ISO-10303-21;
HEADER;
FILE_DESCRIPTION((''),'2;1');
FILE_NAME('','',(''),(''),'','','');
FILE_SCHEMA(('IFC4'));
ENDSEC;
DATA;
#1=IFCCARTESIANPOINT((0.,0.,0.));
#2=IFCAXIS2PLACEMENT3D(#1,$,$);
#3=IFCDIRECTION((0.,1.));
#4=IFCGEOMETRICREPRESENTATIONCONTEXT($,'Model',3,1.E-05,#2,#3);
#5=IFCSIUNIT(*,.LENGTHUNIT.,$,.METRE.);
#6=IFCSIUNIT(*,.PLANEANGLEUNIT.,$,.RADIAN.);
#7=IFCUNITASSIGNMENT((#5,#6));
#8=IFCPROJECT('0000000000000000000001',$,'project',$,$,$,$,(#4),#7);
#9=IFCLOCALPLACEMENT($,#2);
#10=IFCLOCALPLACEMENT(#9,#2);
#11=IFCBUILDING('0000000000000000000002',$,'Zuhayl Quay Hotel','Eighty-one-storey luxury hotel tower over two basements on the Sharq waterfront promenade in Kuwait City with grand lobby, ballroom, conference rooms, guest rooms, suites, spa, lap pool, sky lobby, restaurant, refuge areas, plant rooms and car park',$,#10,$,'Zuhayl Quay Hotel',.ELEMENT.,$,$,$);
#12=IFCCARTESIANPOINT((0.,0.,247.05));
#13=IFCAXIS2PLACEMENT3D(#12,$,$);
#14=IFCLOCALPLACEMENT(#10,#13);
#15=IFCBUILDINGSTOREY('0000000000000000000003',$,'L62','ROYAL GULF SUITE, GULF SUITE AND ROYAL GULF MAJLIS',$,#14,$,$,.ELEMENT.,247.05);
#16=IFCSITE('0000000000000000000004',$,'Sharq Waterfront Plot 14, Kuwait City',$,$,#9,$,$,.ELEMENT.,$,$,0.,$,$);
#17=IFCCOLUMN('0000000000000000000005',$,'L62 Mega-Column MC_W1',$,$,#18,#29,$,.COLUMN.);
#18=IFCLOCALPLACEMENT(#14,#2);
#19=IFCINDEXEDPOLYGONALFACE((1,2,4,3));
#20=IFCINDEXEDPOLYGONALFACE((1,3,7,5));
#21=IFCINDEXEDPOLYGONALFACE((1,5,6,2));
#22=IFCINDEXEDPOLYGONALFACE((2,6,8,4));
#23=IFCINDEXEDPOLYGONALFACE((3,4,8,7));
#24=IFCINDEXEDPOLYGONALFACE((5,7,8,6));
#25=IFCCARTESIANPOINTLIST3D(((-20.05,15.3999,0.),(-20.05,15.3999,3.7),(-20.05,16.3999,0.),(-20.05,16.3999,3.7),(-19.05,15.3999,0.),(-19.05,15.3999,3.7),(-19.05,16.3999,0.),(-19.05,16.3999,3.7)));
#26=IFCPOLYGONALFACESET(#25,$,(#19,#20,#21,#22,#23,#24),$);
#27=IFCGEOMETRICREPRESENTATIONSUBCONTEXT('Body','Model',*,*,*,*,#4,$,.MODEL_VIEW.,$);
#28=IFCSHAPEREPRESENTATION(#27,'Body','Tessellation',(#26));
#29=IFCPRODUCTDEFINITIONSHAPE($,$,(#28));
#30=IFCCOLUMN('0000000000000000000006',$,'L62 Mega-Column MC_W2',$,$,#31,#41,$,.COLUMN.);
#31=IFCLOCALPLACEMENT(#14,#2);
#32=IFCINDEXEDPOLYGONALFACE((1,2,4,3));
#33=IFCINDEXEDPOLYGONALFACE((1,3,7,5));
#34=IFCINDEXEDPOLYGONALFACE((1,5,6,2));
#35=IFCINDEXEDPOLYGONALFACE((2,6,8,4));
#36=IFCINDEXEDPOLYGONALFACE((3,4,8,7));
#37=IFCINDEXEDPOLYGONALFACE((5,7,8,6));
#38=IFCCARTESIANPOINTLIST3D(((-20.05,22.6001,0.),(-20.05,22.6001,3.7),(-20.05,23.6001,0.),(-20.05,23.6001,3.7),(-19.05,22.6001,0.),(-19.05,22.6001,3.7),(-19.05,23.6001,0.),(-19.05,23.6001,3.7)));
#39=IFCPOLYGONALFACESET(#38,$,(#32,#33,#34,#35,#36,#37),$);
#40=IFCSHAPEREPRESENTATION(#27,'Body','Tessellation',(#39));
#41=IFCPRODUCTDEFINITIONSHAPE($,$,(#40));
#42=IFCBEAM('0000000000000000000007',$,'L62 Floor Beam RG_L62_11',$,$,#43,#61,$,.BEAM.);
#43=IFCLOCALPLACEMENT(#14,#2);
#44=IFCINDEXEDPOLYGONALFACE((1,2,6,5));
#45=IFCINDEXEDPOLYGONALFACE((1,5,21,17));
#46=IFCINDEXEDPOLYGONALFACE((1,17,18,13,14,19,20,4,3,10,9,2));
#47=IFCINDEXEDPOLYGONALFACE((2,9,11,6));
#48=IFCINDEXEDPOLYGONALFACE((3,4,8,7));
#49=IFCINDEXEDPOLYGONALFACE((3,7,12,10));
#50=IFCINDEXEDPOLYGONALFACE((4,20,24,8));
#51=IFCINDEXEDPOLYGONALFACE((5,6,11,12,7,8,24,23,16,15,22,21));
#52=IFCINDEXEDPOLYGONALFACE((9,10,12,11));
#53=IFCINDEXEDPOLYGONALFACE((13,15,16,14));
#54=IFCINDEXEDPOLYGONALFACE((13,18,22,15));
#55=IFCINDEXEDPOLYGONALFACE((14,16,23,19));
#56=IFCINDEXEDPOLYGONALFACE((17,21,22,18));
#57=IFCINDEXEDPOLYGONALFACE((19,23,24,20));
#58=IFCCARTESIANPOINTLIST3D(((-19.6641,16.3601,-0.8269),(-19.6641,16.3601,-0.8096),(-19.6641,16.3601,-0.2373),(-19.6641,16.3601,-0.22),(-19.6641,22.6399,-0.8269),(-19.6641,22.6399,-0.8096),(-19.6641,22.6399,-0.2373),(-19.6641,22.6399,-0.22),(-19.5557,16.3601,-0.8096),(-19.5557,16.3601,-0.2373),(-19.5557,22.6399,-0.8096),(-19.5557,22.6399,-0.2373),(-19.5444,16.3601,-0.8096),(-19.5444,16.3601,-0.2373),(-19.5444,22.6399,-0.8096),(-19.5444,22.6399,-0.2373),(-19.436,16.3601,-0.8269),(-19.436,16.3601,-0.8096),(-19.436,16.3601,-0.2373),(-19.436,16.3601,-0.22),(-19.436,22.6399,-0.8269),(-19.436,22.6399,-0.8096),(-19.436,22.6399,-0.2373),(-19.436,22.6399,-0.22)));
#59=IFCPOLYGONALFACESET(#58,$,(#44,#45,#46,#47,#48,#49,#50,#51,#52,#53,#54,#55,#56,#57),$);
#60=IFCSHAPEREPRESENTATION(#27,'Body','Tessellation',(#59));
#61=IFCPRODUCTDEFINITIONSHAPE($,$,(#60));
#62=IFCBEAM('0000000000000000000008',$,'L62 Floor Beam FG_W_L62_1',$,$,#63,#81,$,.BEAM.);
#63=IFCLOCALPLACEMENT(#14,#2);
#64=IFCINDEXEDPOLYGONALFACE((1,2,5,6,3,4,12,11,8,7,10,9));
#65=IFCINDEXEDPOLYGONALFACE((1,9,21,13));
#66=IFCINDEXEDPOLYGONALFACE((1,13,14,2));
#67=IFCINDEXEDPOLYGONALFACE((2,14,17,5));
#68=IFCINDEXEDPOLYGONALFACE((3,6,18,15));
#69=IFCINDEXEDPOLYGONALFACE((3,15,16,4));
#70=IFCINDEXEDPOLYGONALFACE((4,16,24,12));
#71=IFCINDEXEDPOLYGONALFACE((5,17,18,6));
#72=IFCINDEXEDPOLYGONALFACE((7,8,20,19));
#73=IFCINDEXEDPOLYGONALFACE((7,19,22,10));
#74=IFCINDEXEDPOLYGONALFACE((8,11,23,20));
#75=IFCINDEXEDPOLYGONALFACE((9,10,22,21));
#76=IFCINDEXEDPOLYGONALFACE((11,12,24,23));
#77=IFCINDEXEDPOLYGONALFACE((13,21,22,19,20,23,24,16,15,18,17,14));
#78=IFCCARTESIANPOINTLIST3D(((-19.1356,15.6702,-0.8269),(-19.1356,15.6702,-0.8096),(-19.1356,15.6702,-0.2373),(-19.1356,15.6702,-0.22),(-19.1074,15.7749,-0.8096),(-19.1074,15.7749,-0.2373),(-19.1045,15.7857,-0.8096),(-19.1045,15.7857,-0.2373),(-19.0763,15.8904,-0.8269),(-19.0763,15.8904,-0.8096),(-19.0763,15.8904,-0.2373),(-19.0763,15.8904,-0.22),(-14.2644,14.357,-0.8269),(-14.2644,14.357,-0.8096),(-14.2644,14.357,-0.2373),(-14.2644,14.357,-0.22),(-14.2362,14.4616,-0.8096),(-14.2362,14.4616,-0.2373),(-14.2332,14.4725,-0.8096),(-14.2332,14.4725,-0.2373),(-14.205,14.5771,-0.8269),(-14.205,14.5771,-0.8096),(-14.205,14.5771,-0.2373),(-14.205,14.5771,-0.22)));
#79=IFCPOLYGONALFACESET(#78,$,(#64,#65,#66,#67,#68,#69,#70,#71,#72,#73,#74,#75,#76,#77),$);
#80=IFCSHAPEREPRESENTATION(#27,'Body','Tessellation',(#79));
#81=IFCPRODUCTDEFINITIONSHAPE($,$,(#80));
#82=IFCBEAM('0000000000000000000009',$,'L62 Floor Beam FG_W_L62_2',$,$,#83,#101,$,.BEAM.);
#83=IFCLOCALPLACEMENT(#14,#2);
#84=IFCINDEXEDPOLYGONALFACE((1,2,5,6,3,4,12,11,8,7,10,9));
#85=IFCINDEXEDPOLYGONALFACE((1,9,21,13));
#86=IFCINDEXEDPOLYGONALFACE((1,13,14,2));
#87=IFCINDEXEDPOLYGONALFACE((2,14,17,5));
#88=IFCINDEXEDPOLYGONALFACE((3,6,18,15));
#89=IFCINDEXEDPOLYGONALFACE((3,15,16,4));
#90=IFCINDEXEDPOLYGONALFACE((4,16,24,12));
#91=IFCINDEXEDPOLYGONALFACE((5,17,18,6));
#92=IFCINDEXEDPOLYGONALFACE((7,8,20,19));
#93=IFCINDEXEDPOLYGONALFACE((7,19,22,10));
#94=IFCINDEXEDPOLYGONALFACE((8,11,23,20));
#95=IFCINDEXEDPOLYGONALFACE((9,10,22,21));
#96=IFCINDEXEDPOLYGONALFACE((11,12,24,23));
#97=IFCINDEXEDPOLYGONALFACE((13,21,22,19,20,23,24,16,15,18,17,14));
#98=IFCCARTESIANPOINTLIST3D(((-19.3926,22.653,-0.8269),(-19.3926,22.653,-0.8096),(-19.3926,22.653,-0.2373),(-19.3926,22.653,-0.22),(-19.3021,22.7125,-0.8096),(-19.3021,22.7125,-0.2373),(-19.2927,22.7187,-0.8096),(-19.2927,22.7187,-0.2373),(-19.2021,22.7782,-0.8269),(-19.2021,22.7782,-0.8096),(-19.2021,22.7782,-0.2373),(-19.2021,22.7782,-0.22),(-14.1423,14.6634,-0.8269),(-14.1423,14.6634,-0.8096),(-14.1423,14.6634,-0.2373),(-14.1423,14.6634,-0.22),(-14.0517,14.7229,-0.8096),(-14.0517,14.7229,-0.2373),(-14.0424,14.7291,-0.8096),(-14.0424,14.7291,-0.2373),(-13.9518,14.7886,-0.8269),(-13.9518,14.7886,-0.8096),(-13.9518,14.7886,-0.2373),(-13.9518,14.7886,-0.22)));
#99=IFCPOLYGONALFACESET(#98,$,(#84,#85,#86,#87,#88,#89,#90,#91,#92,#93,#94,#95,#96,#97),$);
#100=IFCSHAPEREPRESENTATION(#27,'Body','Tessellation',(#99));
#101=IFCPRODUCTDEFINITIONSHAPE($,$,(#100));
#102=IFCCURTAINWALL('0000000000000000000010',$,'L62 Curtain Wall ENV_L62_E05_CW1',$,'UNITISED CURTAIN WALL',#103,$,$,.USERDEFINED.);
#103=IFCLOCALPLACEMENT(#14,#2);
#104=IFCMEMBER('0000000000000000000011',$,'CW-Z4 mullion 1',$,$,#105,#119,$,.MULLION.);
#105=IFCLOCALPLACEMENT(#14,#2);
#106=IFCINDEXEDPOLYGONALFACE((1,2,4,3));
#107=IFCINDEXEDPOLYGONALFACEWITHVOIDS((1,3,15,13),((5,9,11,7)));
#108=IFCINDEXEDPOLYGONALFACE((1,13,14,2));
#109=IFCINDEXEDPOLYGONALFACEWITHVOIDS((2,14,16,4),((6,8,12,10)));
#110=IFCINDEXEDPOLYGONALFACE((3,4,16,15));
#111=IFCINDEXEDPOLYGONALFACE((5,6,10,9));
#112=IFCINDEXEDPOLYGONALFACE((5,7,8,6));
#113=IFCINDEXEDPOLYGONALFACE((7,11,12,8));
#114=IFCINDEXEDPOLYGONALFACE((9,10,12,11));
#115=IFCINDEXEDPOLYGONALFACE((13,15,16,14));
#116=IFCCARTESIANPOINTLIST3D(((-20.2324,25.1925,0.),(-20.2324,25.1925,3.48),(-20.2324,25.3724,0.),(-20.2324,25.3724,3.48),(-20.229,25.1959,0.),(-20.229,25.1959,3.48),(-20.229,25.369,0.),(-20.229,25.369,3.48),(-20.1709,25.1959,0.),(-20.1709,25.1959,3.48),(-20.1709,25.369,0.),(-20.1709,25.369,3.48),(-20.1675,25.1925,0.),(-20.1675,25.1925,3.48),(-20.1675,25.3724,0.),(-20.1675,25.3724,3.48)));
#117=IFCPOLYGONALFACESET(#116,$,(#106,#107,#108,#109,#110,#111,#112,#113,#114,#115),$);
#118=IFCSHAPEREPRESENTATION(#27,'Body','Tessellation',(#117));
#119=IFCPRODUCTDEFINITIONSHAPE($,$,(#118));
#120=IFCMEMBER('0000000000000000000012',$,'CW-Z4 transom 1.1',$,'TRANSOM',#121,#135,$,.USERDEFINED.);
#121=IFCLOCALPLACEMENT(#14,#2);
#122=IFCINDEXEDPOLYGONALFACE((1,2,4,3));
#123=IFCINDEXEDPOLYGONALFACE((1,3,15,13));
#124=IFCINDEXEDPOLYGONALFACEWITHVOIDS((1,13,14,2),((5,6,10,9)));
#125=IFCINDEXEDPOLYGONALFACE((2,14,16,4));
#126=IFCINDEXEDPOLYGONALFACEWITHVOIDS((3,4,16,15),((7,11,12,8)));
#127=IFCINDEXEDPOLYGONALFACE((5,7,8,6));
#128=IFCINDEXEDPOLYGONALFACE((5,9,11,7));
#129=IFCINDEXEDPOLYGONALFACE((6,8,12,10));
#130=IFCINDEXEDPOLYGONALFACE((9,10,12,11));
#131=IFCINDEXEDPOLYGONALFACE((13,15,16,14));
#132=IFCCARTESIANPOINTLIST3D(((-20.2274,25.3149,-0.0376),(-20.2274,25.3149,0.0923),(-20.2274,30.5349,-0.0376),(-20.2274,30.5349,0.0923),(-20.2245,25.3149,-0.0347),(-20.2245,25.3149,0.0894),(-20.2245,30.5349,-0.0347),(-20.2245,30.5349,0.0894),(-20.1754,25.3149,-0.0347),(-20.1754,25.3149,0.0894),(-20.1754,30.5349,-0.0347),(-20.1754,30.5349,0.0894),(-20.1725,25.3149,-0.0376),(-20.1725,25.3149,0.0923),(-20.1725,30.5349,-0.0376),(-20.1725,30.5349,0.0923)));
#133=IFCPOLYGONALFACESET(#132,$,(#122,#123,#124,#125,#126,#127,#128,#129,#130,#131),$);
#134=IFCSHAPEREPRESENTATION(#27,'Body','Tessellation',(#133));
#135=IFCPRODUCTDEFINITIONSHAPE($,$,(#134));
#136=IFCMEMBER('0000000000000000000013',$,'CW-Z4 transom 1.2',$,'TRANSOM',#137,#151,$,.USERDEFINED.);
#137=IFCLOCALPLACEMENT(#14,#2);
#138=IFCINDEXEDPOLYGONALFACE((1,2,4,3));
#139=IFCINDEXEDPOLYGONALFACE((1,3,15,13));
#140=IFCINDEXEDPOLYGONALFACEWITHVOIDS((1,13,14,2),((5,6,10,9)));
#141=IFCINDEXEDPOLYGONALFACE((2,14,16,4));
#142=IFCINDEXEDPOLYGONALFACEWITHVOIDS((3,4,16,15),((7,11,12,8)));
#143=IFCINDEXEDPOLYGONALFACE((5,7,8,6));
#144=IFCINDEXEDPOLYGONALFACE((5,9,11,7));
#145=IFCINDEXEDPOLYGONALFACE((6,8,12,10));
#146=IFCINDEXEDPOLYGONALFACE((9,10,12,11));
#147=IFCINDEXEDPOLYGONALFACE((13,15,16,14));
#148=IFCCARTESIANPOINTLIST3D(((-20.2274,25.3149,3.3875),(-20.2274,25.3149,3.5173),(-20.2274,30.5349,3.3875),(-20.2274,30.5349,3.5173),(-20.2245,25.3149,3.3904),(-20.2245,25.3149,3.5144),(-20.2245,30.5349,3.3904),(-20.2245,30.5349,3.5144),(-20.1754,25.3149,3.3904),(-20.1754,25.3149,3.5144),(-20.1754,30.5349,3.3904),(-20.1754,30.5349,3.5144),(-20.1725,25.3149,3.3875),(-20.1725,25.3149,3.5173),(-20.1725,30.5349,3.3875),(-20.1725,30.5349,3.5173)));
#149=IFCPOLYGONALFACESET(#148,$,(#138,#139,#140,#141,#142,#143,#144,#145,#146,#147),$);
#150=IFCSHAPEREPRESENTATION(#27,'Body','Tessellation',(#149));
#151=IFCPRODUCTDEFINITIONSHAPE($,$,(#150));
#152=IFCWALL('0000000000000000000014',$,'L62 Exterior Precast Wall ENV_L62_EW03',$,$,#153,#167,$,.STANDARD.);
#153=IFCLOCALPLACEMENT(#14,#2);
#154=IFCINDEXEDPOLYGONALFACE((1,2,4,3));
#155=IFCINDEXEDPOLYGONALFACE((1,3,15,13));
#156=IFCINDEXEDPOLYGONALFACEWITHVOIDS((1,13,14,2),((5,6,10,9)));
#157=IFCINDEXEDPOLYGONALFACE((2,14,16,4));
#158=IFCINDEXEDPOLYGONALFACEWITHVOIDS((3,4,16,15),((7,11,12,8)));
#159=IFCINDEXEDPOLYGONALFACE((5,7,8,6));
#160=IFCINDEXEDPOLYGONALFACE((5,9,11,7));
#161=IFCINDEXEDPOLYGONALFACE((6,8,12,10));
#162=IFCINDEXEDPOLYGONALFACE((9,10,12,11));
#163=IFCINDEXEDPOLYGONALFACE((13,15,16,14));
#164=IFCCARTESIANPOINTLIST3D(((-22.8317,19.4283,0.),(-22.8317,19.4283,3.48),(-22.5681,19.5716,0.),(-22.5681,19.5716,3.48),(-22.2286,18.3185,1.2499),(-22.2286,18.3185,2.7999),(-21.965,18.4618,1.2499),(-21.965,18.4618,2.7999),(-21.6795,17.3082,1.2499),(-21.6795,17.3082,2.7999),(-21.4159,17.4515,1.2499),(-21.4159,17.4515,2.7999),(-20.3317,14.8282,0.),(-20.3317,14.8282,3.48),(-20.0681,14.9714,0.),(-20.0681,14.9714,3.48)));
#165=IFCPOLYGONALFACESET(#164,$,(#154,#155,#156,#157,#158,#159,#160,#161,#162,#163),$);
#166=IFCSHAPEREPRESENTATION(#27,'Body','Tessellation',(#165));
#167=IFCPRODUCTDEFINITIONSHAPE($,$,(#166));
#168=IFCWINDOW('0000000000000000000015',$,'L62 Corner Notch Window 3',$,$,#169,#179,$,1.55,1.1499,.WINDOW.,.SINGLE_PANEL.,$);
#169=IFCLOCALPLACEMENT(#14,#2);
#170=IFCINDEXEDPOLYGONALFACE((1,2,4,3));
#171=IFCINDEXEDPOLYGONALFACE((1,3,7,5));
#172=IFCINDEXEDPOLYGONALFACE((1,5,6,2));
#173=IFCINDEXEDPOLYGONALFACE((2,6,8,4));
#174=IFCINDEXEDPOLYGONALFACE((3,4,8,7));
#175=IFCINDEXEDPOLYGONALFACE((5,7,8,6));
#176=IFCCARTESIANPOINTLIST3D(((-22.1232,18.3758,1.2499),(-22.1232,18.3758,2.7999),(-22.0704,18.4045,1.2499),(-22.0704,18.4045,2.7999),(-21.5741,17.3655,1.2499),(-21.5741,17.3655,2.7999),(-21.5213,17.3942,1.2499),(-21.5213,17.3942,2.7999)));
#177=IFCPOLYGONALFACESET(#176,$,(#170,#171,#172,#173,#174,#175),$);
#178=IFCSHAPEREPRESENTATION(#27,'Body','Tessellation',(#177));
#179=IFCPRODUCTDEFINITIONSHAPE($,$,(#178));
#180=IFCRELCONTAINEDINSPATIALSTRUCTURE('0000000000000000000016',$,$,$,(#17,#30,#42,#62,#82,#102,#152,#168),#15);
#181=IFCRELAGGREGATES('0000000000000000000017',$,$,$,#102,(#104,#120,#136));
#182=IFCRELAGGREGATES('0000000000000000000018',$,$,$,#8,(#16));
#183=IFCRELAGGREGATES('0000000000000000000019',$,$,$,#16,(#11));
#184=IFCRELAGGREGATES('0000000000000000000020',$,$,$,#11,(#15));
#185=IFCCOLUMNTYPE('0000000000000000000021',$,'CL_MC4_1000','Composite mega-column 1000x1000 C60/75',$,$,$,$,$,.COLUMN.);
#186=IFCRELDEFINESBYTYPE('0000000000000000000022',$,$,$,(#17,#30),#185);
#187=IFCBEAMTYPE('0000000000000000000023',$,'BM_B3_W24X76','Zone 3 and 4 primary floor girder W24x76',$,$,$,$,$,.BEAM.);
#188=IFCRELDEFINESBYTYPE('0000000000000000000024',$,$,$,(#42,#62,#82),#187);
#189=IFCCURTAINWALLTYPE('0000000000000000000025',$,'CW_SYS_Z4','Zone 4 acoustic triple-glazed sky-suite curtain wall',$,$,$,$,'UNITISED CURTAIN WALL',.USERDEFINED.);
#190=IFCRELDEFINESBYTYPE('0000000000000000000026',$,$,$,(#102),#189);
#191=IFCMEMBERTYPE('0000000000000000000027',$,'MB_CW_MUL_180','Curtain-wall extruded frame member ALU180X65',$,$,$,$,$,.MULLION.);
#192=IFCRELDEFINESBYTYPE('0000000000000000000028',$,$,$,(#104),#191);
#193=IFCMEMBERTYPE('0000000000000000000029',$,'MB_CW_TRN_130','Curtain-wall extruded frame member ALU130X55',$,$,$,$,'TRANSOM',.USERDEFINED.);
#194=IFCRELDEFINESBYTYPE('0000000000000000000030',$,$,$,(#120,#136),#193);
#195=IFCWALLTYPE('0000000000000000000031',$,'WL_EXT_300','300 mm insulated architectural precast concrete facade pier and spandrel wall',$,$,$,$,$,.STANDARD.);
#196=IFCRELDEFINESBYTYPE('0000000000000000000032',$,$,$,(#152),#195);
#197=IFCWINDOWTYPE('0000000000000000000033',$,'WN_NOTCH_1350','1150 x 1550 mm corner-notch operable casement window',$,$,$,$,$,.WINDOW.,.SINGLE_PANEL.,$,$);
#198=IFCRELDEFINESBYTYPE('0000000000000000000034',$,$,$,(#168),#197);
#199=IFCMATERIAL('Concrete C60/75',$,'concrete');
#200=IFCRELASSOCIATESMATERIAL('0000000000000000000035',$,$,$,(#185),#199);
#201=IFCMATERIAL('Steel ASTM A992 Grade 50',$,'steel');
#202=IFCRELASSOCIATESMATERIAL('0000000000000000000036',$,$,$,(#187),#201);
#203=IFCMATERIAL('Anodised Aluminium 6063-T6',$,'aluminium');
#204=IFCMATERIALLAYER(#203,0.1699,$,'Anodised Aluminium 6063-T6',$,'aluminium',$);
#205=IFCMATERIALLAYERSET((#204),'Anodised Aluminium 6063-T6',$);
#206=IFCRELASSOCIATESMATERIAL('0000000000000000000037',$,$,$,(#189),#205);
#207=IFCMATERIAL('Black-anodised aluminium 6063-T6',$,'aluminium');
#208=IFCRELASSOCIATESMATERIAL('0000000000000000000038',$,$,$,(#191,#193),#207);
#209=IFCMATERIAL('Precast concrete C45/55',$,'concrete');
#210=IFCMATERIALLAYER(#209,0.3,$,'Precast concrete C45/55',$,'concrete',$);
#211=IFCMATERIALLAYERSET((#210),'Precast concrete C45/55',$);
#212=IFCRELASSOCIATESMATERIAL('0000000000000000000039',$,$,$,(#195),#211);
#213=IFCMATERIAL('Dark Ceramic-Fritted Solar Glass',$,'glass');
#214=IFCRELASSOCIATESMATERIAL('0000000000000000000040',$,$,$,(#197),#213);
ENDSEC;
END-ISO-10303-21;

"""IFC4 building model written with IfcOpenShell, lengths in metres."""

from ifc_helpers import new_model, si_unit, direction, frame, frame_2d, origin, origin_2d, place, context, subcontext, project, spatial, rectangle, hollow_rectangle, i_section, extrude, material, layer, layer_set, material_profile, profile_set, type_object, element, fill, aggregate, save


model = new_model("IFC4")

# Units and contexts
model_context = context("Model", 3, precision=1e-05, world=origin(), true_north=direction((0.0, 1.0)))
body_context = subcontext(model_context, "Body", "Model", "MODEL_VIEW")
ifc_project = project(units=[si_unit("LENGTHUNIT", "METRE"), si_unit("PLANEANGLEUNIT", "RADIAN")], contexts=[model_context])

# Site, building, storey
site_placement = place(None, origin())
site = spatial("IfcSite", under=ifc_project, at=site_placement, Name="Sharq Waterfront Plot 14, Kuwait City", CompositionType="ELEMENT", RefElevation=0.0)
building_placement = place(site_placement, origin())
building = spatial("IfcBuilding", under=site, at=building_placement, Name="Zuhayl Quay Hotel", Description="Eighty-one-storey luxury hotel tower over two basements on the Sharq waterfront promenade in Kuwait City with grand lobby, ballroom, conference rooms, guest rooms, suites, spa, lap pool, sky lobby, restaurant, refuge areas, plant rooms and car park", LongName="Zuhayl Quay Hotel", CompositionType="ELEMENT")
storey_placement = place(building_placement, frame((0.0, 0.0, 247.05)))
storey = spatial("IfcBuildingStorey", under=building, at=storey_placement, Name="L62", Description="ROYAL GULF SUITE, GULF SUITE AND ROYAL GULF MAJLIS", CompositionType="ELEMENT", Elevation=247.05)

# Columns
ifc_material_1 = material(Name="Concrete C60/75", Category="concrete")
ifc_material_profile_1 = material_profile(ifc_material_1, rectangle(XDim=1.0, YDim=1.0, at=origin_2d()), Name="RC1000X1000")
ifc_profile_set_1 = profile_set([ifc_material_profile_1], Name="Concrete C60/75")
column_type = type_object("IfcColumnType", Name="CL_MC4_1000", Description="Composite mega-column 1000x1000 C60/75", PredefinedType="COLUMN", material=ifc_profile_set_1)
for number, where, z_axis, x_axis, name in (
    (1, (-19.55, 15.8999, 0.0), (0.0, 0.0, 1.0), (1.0, 0.0, 0.0), "L62 Mega-Column MC_W1"),
    (2, (-19.55, 23.1001, 0.0), (0.0, 0.0, 1.0), (1.0, 0.0, 0.0), "L62 Mega-Column MC_W2"),
):
    element("IfcColumn", number, at=place(storey_placement, frame(where, z_axis=z_axis, x_axis=x_axis)), inside=storey, type_object=column_type, Name=name, PredefinedType="COLUMN", context=body_context, shape_type="SweptSolid", body=[
        extrude(rectangle(XDim=1.0, YDim=1.0, at=origin_2d()), origin(), (0.0, 0.0, 1.0), 3.7),
    ])

# Beams
ifc_material_2 = material(Name="Steel ASTM A992 Grade 50", Category="steel")
ifc_material_profile_2 = material_profile(ifc_material_2, i_section(OverallWidth=0.228, OverallDepth=0.6069, WebThickness=0.0112, FlangeThickness=0.0173, at=origin_2d()), Name="W24X76")
ifc_profile_set_2 = profile_set([ifc_material_profile_2], Name="Steel ASTM A992 Grade 50")
beam_type = type_object("IfcBeamType", Name="BM_B3_W24X76", Description="Zone 3 and 4 primary floor girder W24x76", PredefinedType="BEAM", material=ifc_profile_set_2)
beam_1_placement = place(storey_placement, frame((-19.55, 22.6399, -0.5234), z_axis=(0.0, -1.0, 0.0), x_axis=(1.0, 0.0, 0.0)))
element("IfcBeam", 3, at=beam_1_placement, inside=storey, type_object=beam_type, Name="L62 Floor Beam RG_L62_11", PredefinedType="BEAM", context=body_context, shape_type="SweptSolid", body=[
    extrude(i_section(OverallWidth=0.228, OverallDepth=0.6069, WebThickness=0.0112, FlangeThickness=0.0173, at=origin_2d()), origin(), (0.0, 0.0, 1.0), 6.2798),
])
beam_2_placement = place(storey_placement, frame((-19.106, 15.7803, -0.5234), z_axis=(0.96553, -0.260291, 0.0), x_axis=(0.260291, 0.96553, 0.0)))
element("IfcBeam", 4, at=beam_2_placement, inside=storey, type_object=beam_type, Name="L62 Floor Beam FG_W_L62_1", PredefinedType="BEAM", context=body_context, shape_type="SweptSolid", body=[
    extrude(i_section(OverallWidth=0.228, OverallDepth=0.6069, WebThickness=0.0112, FlangeThickness=0.0173, at=origin_2d()), origin(), (0.0, 0.0, 1.0), 5.0452),
])
beam_3_placement = place(storey_placement, frame((-19.2974, 22.7156, -0.5234), z_axis=(0.549178, -0.835705, 0.0), x_axis=(0.835705, 0.549178, 0.0)))
element("IfcBeam", 5, at=beam_3_placement, inside=storey, type_object=beam_type, Name="L62 Floor Beam FG_W_L62_2", PredefinedType="BEAM", context=body_context, shape_type="SweptSolid", body=[
    extrude(i_section(OverallWidth=0.228, OverallDepth=0.6069, WebThickness=0.0112, FlangeThickness=0.0173, at=origin_2d()), origin(), (0.0, 0.0, 1.0), 9.5603),
])

# Curtain wall, members
ifc_material_3 = material(Name="Anodised Aluminium 6063-T6", Category="aluminium")
ifc_layer_1 = layer(ifc_material_3, 0.1699, Name="Anodised Aluminium 6063-T6", Category="aluminium")
ifc_layer_set_1 = layer_set([ifc_layer_1], Name="Anodised Aluminium 6063-T6")
curtain_wall_type = type_object("IfcCurtainWallType", Name="CW_SYS_Z4", Description="Zone 4 acoustic triple-glazed sky-suite curtain wall", ElementType="UNITISED CURTAIN WALL", PredefinedType="USERDEFINED", material=ifc_layer_set_1)
curtain_wall_placement = place(storey_placement, origin())
curtain_wall = element("IfcCurtainWall", 6, at=curtain_wall_placement, inside=storey, type_object=curtain_wall_type, Name="L62 Curtain Wall ENV_L62_E05_CW1", ObjectType="UNITISED CURTAIN WALL", PredefinedType="USERDEFINED")
ifc_material_4 = material(Name="Black-anodised aluminium 6063-T6", Category="aluminium")
ifc_material_profile_3 = material_profile(ifc_material_4, hollow_rectangle(XDim=0.0649, YDim=0.1799, WallThickness=0.0034, at=origin_2d()), Name="ALU180X65")
ifc_profile_set_3 = profile_set([ifc_material_profile_3], Name="Black-anodised aluminium 6063-T6")
member_type_1 = type_object("IfcMemberType", Name="MB_CW_MUL_180", Description="Curtain-wall extruded frame member ALU180X65", PredefinedType="MULLION", material=ifc_profile_set_3)
member_1_placement = place(storey_placement, frame((-20.2, 25.2825, 0.0), z_axis=(0.0, 0.0, 1.0), x_axis=(-1.0, 0.0, 0.0)))
member_1 = element("IfcMember", 7, at=member_1_placement, type_object=member_type_1, Name="CW-Z4 mullion 1", PredefinedType="MULLION", context=body_context, shape_type="SweptSolid", body=[
    extrude(hollow_rectangle(XDim=0.0649, YDim=0.1799, WallThickness=0.0034, at=origin_2d()), origin(), (0.0, 0.0, 1.0), 3.48),
])
ifc_material_profile_4 = material_profile(ifc_material_4, hollow_rectangle(XDim=0.0549, YDim=0.1299, WallThickness=0.0029, at=origin_2d()), Name="ALU130X55")
ifc_profile_set_4 = profile_set([ifc_material_profile_4], Name="Black-anodised aluminium 6063-T6")
member_type_2 = type_object("IfcMemberType", Name="MB_CW_TRN_130", Description="Curtain-wall extruded frame member ALU130X55", ElementType="TRANSOM", PredefinedType="USERDEFINED", material=ifc_profile_set_4)
member_2_placement = place(storey_placement, frame((-20.2, 25.3149, 0.0273), z_axis=(0.0, 1.0, 0.0), x_axis=(-1.0, 0.0, 0.0)))
member_2 = element("IfcMember", 8, at=member_2_placement, type_object=member_type_2, Name="CW-Z4 transom 1.1", ObjectType="TRANSOM", PredefinedType="USERDEFINED", context=body_context, shape_type="SweptSolid", body=[
    extrude(hollow_rectangle(XDim=0.0549, YDim=0.1299, WallThickness=0.0029, at=origin_2d()), origin(), (0.0, 0.0, 1.0), 5.22),
])
member_3_placement = place(storey_placement, frame((-20.2, 25.3149, 3.4524), z_axis=(0.0, 1.0, 0.0), x_axis=(-1.0, 0.0, 0.0)))
member_3 = element("IfcMember", 9, at=member_3_placement, type_object=member_type_2, Name="CW-Z4 transom 1.2", ObjectType="TRANSOM", PredefinedType="USERDEFINED", context=body_context, shape_type="SweptSolid", body=[
    extrude(hollow_rectangle(XDim=0.0549, YDim=0.1299, WallThickness=0.0029, at=origin_2d()), origin(), (0.0, 0.0, 1.0), 5.22),
])
aggregate(curtain_wall, [member_1, member_2, member_3])

# Wall, opening, window
ifc_material_5 = material(Name="Precast concrete C45/55", Category="concrete")
ifc_layer_2 = layer(ifc_material_5, 0.3, Name="Precast concrete C45/55", Category="concrete")
ifc_layer_set_2 = layer_set([ifc_layer_2], Name="Precast concrete C45/55")
wall_type_1 = type_object("IfcWallType", Name="WL_EXT_300", Description="300 mm insulated architectural precast concrete facade pier and spandrel wall", PredefinedType="STANDARD", material=ifc_layer_set_2)
wall_1_placement = place(storey_placement, frame((-20.2, 14.8999, 0.0), z_axis=(0.0, 0.0, 1.0), x_axis=(-0.477505, 0.878629, 0.0)))
wall_1 = element("IfcWall", 10, at=wall_1_placement, inside=storey, type_object=wall_type_1, Name="L62 Exterior Precast Wall ENV_L62_EW03", PredefinedType="STANDARD", context=body_context, shape_type="SweptSolid", body=[
    extrude(rectangle(XDim=5.2356, YDim=0.3, at=frame_2d((2.6177, 0.0))), origin(), (0.0, 0.0, 1.0), 3.48),
])
opening_1_placement = place(wall_1_placement, frame((2.8225, 0.0, 1.25)))
opening_1 = element("IfcOpeningElement", 11, at=opening_1_placement, cuts=wall_1, PredefinedType="OPENING", context=body_context, shape_type="SweptSolid", body=[
    extrude(rectangle(XDim=1.1499, YDim=1.55, at=frame_2d((0.575, 0.7749))), frame((0.0, 0.1599, 0.0), z_axis=(0.0, -1.0, 0.0), x_axis=(1.0, 0.0, 0.0)), (0.0, 0.0, 1.0), 0.3201),
])
ifc_material_6 = material(Name="Dark Ceramic-Fritted Solar Glass", Category="glass")
window_type = type_object("IfcWindowType", Name="WN_NOTCH_1350", Description="1150 x 1550 mm corner-notch operable casement window", PartitioningType="SINGLE_PANEL", PredefinedType="WINDOW", material=ifc_material_6)
window_1_placement = place(opening_1_placement, origin())
window_1 = element("IfcWindow", 12, at=window_1_placement, inside=storey, type_object=window_type, Name="L62 Corner Notch Window 3", OverallHeight=1.55, OverallWidth=1.1499, PartitioningType="SINGLE_PANEL", PredefinedType="WINDOW", context=body_context, shape_type="SweptSolid", body=[
    extrude(rectangle(XDim=1.1499, YDim=1.55, at=frame_2d((0.575, 0.7749))), frame((0.0, 0.03, 0.0), z_axis=(0.0, -1.0, 0.0), x_axis=(1.0, 0.0, 0.0)), (0.0, 0.0, 1.0), 0.0601),
])
fill(opening_1, window_1)

save(model, "model.ifc")
